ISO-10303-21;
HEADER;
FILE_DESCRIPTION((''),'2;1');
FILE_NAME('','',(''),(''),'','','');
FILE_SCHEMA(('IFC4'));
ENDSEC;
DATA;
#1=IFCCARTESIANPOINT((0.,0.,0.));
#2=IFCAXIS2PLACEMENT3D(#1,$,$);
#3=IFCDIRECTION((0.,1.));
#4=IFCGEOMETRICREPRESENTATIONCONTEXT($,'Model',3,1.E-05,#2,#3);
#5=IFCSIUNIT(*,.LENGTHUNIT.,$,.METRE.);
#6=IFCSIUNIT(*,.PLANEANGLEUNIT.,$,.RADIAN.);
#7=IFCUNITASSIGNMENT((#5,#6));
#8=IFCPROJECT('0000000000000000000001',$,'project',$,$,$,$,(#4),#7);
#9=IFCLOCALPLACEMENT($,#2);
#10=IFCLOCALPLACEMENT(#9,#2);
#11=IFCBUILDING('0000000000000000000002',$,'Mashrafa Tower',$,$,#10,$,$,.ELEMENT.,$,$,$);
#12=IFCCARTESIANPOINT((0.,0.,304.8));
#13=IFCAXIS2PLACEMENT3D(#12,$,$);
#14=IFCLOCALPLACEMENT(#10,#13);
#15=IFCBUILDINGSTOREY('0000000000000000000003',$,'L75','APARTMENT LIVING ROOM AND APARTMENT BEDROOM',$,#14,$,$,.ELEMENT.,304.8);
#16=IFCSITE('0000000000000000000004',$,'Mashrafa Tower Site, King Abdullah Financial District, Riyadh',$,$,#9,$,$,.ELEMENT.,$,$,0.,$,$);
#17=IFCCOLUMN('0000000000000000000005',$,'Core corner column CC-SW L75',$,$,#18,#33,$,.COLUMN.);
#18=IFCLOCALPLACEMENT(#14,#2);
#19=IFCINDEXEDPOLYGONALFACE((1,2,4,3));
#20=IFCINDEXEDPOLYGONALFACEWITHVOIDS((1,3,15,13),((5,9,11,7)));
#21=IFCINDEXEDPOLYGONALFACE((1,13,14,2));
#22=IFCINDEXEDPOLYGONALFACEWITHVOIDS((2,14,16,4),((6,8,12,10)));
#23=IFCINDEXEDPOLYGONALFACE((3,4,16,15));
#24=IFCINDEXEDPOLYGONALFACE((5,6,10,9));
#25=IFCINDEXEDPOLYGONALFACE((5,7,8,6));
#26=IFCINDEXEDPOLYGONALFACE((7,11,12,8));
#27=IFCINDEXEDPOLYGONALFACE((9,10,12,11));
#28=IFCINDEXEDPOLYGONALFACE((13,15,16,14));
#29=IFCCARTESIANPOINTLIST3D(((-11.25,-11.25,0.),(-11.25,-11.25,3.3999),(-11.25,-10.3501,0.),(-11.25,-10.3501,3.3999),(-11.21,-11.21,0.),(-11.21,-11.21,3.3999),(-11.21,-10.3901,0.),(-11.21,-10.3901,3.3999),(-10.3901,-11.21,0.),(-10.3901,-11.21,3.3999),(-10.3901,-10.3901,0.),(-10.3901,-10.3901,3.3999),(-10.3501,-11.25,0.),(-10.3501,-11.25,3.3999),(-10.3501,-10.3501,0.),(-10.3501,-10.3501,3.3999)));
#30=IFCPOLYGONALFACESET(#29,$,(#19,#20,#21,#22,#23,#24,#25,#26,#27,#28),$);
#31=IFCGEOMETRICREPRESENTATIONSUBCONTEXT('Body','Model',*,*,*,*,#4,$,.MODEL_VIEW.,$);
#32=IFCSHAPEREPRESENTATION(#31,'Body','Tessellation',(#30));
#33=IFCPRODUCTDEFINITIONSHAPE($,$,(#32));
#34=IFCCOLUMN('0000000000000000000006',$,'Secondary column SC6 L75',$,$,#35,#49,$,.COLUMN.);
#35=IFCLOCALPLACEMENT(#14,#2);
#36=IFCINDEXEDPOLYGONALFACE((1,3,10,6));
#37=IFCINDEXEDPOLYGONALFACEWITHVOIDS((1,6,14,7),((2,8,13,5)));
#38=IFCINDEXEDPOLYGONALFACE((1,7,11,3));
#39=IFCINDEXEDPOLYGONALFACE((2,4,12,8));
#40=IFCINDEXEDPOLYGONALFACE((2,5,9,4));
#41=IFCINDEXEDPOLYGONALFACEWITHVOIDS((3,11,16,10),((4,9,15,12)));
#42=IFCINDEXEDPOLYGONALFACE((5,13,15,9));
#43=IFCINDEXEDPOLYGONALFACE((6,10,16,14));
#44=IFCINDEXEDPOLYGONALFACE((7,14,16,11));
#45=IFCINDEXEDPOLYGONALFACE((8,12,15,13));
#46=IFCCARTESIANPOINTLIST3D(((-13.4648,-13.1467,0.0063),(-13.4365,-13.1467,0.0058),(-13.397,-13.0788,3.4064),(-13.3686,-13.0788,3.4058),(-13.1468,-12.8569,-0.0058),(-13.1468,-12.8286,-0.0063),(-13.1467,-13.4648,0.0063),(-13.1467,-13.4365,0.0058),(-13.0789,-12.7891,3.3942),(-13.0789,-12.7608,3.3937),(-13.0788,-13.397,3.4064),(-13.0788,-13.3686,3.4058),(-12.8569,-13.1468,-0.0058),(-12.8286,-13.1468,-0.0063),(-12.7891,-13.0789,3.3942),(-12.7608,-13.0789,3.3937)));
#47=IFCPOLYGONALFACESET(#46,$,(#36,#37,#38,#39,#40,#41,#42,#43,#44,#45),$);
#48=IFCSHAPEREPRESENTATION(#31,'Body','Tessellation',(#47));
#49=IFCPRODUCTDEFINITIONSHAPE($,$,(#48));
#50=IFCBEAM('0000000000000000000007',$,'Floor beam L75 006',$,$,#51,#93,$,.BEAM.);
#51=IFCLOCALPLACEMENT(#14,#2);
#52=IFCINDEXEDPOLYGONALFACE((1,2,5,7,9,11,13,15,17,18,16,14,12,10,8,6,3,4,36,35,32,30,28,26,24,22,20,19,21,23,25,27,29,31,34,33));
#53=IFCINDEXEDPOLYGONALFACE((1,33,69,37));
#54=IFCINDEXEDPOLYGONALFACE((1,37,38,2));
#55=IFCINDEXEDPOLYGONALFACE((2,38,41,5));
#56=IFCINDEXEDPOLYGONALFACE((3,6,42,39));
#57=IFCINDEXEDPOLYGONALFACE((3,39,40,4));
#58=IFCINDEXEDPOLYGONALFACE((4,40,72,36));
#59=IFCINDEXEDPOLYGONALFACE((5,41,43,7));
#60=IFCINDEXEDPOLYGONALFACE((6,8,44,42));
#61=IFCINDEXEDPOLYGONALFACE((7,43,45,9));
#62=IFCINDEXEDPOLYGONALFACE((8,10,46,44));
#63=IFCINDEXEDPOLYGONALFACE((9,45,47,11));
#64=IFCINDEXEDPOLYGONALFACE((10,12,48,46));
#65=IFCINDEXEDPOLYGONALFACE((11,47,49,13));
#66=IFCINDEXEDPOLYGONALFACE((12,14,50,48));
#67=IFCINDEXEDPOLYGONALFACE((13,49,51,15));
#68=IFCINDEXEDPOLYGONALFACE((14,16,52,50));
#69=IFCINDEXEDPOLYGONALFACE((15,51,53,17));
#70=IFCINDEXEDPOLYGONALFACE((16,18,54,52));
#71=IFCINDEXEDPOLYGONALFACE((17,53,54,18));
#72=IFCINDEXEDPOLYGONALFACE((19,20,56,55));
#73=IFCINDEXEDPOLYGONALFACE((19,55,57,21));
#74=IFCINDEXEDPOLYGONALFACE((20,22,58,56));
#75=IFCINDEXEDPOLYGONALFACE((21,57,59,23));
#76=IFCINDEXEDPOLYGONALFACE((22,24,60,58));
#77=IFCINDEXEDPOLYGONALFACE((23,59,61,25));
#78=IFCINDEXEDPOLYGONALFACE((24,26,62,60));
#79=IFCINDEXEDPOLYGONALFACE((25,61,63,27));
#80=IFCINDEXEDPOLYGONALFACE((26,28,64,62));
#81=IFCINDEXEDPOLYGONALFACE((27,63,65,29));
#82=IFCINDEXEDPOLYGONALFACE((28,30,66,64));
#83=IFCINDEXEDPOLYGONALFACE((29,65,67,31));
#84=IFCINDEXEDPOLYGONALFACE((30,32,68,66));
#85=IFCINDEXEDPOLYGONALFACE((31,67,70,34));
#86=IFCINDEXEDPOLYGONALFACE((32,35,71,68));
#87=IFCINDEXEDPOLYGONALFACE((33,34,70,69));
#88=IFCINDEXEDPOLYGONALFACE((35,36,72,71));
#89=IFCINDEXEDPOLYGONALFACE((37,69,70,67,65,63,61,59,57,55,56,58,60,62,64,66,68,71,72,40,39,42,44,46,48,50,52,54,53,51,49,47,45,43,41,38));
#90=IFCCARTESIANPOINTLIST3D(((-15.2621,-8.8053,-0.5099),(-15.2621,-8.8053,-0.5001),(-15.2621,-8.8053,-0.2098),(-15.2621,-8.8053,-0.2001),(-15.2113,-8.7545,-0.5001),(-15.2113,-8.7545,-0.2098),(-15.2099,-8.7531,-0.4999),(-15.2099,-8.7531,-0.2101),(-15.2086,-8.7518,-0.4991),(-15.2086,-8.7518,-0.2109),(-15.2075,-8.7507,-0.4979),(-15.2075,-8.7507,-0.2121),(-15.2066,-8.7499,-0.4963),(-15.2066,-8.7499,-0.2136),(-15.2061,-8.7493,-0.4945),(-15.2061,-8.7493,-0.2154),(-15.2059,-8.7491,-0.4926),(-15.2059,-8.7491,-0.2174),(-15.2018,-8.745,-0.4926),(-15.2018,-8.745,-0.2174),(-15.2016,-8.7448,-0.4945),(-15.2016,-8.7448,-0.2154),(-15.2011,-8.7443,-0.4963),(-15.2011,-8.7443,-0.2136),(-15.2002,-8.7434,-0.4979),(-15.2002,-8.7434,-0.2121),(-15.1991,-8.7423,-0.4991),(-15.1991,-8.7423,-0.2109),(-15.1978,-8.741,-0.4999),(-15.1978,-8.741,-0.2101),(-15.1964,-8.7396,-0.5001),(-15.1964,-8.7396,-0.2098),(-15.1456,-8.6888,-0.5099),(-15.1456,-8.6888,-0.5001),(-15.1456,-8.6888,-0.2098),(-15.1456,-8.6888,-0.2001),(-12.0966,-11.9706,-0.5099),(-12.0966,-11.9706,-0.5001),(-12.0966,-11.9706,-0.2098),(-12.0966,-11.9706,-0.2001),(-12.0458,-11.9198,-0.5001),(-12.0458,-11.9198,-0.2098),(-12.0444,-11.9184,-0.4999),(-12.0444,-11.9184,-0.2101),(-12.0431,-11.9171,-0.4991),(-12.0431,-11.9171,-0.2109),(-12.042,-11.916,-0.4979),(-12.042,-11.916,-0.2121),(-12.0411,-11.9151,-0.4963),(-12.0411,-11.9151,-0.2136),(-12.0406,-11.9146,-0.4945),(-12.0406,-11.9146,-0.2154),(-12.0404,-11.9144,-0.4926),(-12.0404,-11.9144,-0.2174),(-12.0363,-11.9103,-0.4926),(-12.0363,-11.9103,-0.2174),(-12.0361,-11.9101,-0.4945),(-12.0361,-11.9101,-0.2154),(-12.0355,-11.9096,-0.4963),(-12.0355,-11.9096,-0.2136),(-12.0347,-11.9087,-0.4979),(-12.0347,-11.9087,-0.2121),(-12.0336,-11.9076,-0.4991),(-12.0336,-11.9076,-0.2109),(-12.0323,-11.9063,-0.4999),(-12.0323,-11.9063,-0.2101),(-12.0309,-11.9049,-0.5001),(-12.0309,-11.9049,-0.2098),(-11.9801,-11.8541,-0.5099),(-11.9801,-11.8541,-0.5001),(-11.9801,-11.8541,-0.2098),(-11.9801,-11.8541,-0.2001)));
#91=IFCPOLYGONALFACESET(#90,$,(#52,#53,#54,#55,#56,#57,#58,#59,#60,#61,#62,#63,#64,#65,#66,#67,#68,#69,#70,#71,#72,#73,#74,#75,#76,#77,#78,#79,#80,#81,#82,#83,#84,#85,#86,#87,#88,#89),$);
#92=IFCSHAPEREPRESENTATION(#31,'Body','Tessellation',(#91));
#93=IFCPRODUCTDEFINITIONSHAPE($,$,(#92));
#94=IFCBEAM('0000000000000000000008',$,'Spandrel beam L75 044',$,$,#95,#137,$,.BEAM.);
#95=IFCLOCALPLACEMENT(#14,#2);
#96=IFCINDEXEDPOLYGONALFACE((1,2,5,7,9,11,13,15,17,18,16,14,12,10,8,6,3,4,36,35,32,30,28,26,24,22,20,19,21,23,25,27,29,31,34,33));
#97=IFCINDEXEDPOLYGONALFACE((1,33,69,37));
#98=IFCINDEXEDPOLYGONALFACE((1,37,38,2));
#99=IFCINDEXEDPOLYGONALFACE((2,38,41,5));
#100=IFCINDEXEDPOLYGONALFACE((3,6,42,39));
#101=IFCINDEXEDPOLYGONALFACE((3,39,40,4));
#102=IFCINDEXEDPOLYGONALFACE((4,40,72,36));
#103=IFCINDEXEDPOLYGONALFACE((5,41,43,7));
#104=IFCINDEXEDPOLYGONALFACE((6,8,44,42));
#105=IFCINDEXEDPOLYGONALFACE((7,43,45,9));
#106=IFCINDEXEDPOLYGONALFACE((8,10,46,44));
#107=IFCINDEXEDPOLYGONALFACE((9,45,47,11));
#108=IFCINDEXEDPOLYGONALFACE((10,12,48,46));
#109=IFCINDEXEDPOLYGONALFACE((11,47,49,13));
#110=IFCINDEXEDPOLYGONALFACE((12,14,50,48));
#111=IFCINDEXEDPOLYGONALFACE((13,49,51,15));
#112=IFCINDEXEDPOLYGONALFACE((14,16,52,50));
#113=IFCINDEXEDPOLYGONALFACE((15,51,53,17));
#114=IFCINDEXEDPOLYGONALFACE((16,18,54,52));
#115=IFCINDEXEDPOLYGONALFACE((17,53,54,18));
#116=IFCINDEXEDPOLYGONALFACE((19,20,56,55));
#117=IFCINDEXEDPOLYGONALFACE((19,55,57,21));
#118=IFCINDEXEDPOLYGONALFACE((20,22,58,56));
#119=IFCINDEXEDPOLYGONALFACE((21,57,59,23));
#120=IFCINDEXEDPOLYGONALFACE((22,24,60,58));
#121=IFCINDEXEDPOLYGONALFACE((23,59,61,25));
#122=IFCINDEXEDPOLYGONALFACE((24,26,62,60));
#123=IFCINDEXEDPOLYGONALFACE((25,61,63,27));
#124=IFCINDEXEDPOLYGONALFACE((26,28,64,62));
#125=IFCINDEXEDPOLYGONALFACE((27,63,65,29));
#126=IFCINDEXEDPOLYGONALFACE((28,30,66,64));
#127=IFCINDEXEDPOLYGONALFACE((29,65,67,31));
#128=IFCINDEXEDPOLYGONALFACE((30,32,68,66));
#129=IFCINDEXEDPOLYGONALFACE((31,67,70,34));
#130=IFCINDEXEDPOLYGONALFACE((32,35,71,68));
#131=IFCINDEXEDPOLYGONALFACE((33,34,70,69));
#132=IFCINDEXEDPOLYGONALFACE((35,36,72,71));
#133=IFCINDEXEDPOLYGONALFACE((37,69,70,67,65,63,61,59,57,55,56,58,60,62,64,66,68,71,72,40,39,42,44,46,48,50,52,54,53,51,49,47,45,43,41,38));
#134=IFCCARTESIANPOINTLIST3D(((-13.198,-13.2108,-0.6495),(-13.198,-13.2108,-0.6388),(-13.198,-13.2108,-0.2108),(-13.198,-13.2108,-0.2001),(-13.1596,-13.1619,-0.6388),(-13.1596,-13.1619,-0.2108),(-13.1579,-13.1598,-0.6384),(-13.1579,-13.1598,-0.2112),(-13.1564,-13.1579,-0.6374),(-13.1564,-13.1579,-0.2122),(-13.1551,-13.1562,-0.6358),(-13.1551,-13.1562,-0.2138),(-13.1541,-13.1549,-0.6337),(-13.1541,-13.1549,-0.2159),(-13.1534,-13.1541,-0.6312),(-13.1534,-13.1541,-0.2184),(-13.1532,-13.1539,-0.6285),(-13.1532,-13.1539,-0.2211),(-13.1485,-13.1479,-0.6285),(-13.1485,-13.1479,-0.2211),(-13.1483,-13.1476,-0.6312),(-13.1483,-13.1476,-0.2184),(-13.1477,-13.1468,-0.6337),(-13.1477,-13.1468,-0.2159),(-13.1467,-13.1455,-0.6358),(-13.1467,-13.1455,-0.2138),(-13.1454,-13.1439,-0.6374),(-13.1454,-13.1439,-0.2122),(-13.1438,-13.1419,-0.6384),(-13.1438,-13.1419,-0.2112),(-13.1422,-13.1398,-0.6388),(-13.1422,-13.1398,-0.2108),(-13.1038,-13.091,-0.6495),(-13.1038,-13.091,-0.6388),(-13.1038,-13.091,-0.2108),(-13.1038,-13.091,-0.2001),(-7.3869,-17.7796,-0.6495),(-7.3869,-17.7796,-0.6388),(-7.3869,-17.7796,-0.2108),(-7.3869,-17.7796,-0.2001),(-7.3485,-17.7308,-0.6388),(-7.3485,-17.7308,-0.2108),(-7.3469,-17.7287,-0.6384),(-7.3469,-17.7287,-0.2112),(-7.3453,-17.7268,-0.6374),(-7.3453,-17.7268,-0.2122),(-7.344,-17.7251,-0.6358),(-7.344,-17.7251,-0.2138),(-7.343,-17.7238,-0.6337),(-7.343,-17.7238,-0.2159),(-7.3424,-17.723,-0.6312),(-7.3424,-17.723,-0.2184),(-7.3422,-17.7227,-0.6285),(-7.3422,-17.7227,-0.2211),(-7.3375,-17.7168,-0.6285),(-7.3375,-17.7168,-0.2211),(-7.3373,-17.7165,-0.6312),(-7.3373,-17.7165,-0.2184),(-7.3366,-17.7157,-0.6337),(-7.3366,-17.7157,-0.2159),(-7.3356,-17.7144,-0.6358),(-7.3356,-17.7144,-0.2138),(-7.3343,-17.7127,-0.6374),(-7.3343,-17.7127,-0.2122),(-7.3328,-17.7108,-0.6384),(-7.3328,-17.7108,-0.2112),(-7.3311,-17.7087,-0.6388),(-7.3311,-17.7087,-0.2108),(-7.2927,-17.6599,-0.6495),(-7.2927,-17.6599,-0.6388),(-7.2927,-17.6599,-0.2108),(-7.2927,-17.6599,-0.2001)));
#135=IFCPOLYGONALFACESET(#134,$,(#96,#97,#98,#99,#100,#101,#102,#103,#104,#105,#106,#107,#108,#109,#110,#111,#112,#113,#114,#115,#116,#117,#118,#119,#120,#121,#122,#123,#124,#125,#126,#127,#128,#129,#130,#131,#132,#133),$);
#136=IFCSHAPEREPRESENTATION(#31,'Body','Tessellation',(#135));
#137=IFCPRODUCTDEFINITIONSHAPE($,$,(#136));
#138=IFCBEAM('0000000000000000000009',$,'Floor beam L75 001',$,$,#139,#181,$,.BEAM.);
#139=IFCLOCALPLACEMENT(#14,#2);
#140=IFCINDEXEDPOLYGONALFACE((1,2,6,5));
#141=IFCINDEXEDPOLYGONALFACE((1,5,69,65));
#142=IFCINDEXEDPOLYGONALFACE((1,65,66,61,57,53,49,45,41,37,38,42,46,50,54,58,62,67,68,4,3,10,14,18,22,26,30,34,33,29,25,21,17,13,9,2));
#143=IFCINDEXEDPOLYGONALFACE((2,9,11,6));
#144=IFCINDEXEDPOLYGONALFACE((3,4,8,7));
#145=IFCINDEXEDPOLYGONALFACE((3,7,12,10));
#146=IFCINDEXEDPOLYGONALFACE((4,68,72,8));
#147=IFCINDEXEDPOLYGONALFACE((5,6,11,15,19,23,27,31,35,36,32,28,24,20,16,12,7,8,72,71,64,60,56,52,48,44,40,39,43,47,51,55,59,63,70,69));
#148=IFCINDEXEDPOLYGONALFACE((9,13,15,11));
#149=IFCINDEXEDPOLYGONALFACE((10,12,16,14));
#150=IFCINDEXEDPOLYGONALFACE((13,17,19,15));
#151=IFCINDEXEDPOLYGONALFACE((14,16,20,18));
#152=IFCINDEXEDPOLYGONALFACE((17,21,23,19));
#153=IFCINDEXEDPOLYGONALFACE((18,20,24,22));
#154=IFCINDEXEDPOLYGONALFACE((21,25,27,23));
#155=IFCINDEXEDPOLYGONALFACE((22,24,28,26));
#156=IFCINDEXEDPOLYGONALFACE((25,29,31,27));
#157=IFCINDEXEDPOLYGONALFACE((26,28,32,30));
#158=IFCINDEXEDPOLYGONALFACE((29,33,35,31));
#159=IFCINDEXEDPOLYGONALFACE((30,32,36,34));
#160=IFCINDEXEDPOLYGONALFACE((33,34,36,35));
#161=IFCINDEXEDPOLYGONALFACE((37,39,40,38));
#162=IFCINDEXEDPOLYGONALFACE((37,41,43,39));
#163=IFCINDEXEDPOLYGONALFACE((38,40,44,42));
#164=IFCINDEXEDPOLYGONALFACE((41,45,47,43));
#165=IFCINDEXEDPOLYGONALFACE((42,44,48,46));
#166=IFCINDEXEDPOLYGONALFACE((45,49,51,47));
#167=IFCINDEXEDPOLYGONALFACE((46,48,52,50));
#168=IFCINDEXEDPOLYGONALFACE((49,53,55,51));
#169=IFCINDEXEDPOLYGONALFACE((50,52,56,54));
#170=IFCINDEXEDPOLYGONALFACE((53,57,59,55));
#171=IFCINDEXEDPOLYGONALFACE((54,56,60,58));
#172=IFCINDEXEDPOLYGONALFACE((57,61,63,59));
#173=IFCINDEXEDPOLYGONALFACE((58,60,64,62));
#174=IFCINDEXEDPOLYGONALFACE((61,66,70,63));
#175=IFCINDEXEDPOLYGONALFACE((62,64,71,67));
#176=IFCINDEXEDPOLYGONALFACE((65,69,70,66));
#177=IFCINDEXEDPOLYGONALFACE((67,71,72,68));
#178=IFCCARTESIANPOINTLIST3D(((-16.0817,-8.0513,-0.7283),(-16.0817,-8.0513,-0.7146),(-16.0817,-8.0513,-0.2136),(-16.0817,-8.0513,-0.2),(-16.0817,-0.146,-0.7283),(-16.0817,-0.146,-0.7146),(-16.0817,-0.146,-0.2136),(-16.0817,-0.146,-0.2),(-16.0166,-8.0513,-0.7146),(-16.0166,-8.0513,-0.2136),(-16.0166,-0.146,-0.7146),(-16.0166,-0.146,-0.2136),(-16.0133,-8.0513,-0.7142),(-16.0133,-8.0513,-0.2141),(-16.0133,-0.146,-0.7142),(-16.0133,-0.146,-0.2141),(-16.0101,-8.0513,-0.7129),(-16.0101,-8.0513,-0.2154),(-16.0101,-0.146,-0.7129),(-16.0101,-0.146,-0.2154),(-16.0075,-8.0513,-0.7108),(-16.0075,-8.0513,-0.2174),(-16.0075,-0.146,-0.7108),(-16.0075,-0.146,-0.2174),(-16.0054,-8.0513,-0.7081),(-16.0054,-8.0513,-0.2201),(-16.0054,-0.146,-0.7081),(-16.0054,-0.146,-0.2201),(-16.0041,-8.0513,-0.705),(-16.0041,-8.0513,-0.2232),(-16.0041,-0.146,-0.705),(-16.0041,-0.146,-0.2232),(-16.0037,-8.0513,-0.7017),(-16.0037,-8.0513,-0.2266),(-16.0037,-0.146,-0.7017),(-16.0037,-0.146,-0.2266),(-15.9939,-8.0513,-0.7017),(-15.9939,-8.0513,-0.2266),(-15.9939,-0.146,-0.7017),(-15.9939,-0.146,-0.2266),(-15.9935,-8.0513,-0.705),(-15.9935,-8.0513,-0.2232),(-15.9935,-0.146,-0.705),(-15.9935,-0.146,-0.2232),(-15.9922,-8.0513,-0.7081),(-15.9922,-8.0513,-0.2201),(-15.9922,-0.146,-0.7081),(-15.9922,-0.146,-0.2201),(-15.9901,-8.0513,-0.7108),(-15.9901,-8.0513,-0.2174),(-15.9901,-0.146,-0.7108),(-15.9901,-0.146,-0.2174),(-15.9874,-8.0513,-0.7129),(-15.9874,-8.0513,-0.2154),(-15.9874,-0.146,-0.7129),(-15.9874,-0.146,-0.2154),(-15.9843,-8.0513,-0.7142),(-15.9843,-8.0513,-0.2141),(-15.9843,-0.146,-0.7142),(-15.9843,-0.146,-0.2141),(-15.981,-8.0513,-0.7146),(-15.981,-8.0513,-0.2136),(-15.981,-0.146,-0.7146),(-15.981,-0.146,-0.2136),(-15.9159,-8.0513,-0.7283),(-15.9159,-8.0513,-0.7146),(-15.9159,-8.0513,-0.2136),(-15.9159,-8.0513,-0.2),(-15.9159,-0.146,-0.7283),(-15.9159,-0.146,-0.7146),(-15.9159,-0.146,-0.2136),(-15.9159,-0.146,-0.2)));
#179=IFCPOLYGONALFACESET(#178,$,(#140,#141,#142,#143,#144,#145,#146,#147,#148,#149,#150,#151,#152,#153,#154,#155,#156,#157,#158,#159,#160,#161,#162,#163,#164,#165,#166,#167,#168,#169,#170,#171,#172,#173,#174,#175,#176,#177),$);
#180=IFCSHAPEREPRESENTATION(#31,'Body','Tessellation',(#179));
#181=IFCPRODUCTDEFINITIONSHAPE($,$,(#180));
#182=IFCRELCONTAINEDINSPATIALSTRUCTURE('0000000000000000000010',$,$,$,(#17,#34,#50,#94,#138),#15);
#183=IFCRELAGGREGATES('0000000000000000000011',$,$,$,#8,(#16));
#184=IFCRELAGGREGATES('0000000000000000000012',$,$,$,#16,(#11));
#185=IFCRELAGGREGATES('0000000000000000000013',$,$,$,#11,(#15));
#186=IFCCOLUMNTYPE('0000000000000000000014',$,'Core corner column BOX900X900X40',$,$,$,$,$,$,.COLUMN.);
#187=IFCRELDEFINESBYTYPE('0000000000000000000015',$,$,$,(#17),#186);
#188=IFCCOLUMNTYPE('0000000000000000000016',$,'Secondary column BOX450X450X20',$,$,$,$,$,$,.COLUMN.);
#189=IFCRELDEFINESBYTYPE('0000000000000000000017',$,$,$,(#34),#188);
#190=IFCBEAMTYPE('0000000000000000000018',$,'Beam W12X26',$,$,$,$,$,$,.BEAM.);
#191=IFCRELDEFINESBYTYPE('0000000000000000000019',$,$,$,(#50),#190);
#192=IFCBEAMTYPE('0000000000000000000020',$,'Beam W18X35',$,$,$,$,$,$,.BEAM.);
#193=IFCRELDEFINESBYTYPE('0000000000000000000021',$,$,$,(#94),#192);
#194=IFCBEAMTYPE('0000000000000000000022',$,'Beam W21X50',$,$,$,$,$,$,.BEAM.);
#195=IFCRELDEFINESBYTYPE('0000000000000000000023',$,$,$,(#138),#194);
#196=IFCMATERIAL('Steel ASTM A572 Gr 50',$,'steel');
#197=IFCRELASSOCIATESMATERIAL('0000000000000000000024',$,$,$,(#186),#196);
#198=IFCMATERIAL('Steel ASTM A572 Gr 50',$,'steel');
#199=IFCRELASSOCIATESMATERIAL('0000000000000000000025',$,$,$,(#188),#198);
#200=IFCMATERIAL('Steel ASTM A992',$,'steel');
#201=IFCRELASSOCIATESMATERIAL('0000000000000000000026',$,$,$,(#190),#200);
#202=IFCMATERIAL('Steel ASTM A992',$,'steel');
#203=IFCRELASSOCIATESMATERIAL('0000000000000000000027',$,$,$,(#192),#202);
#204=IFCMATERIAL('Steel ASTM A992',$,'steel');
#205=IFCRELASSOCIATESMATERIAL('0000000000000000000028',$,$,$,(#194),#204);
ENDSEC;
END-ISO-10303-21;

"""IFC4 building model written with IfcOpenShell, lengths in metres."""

from ifc_helpers import new_model, si_unit, direction, frame, origin, origin_2d, place, context, subcontext, project, spatial, hollow_rectangle, i_section, extrude, material, material_profile, profile_set, type_object, element, save


model = new_model("IFC4")

# Units and contexts
model_context = context("Model", 3, precision=1e-05, world=origin(), true_north=direction((0.0, 1.0)))
body_context = subcontext(model_context, "Body", "Model", "MODEL_VIEW")
ifc_project = project(units=[si_unit("LENGTHUNIT", "METRE"), si_unit("PLANEANGLEUNIT", "RADIAN")], contexts=[model_context])

# Site, building, storey
site_placement = place(None, origin())
site = spatial("IfcSite", under=ifc_project, at=site_placement, Name="Mashrafa Tower Site, King Abdullah Financial District, Riyadh", CompositionType="ELEMENT", RefElevation=0.0)
building_placement = place(site_placement, origin())
building = spatial("IfcBuilding", under=site, at=building_placement, Name="Mashrafa Tower", CompositionType="ELEMENT")
storey_placement = place(building_placement, frame((0.0, 0.0, 304.8)))
storey = spatial("IfcBuildingStorey", under=building, at=storey_placement, Name="L75", Description="APARTMENT LIVING ROOM AND APARTMENT BEDROOM", CompositionType="ELEMENT", Elevation=304.8)

# Columns
ifc_material_1 = material(Name="Steel ASTM A572 Gr 50", Category="steel")
ifc_material_profile_1 = material_profile(ifc_material_1, hollow_rectangle(XDim=0.8999, YDim=0.8999, WallThickness=0.04, at=origin_2d()), Name="BOX900X900X40")
ifc_profile_set_1 = profile_set([ifc_material_profile_1], Name="Steel ASTM A572 Gr 50")
column_type_1 = type_object("IfcColumnType", Name="Core corner column BOX900X900X40", PredefinedType="COLUMN", material=ifc_profile_set_1)
column_1_placement = place(storey_placement, frame((-10.8, -10.8, 0.0), z_axis=(0.0, 0.0, 1.0), x_axis=(1.0, 0.0, 0.0)))
element("IfcColumn", 1, at=column_1_placement, inside=storey, type_object=column_type_1, Name="Core corner column CC-SW L75", PredefinedType="COLUMN", context=body_context, shape_type="SweptSolid", body=[
    extrude(hollow_rectangle(XDim=0.8999, YDim=0.8999, WallThickness=0.04, at=origin_2d()), origin(), (0.0, 0.0, 1.0), 3.3999),
])
ifc_material_2 = material(Name="Steel ASTM A572 Gr 50", Category="steel")
ifc_material_profile_2 = material_profile(ifc_material_2, hollow_rectangle(XDim=0.45, YDim=0.45, WallThickness=0.02, at=origin_2d()), Name="BOX450X450X20")
ifc_profile_set_2 = profile_set([ifc_material_profile_2], Name="Steel ASTM A572 Gr 50")
column_type_2 = type_object("IfcColumnType", Name="Secondary column BOX450X450X20", PredefinedType="COLUMN", material=ifc_profile_set_2)
column_2_placement = place(storey_placement, frame((-13.1467, -13.1467, 0.0), z_axis=(0.019955, 0.019955, 0.999602), x_axis=(-0.707107, 0.707107, 0.0)))
element("IfcColumn", 2, at=column_2_placement, inside=storey, type_object=column_type_2, Name="Secondary column SC6 L75", PredefinedType="COLUMN", context=body_context, shape_type="SweptSolid", body=[
    extrude(hollow_rectangle(XDim=0.45, YDim=0.45, WallThickness=0.02, at=origin_2d()), origin(), (0.0, 0.0, 1.0), 3.4014),
])

# Beams
ifc_material_3 = material(Name="Steel ASTM A992", Category="steel")
ifc_material_profile_3 = material_profile(ifc_material_3, i_section(OverallWidth=0.1648, OverallDepth=0.3098, WebThickness=0.0059, FlangeThickness=0.0098, FilletRadius=0.0076, at=origin_2d()), Name="W12X26")
ifc_profile_set_3 = profile_set([ifc_material_profile_3], Name="Steel ASTM A992")
beam_type_1 = type_object("IfcBeamType", Name="Beam W12X26", PredefinedType="BEAM", material=ifc_profile_set_3)
beam_1_placement = place(storey_placement, frame((-12.0383, -11.9124, -0.355), z_axis=(-0.707134, 0.70708, 0.0), x_axis=(-0.70708, -0.707134, 0.0)))
element("IfcBeam", 3, at=beam_1_placement, inside=storey, type_object=beam_type_1, Name="Floor beam L75 006", PredefinedType="BEAM", context=body_context, shape_type="SweptSolid", body=[
    extrude(i_section(OverallWidth=0.1648, OverallDepth=0.3098, WebThickness=0.0059, FlangeThickness=0.0098, FilletRadius=0.0076, at=origin_2d()), origin(), (0.0, 0.0, 1.0), 4.4766),
])
ifc_material_4 = material(Name="Steel ASTM A992", Category="steel")
ifc_material_profile_4 = material_profile(ifc_material_4, i_section(OverallWidth=0.1523, OverallDepth=0.4495, WebThickness=0.0076, FlangeThickness=0.0107, FilletRadius=0.0103, at=origin_2d()), Name="W18X35")
ifc_profile_set_4 = profile_set([ifc_material_profile_4], Name="Steel ASTM A992")
beam_type_2 = type_object("IfcBeamType", Name="Beam W18X35", PredefinedType="BEAM", material=ifc_profile_set_4)
beam_2_placement = place(storey_placement, frame((-13.1509, -13.1509, -0.4248), z_axis=(0.786119, -0.618075, 0.0), x_axis=(0.618075, 0.786119, 0.0)))
element("IfcBeam", 4, at=beam_2_placement, inside=storey, type_object=beam_type_2, Name="Spandrel beam L75 044", PredefinedType="BEAM", context=body_context, shape_type="SweptSolid", body=[
    extrude(i_section(OverallWidth=0.1523, OverallDepth=0.4495, WebThickness=0.0076, FlangeThickness=0.0107, FilletRadius=0.0103, at=origin_2d()), origin(), (0.0, 0.0, 1.0), 7.3921),
])
ifc_material_5 = material(Name="Steel ASTM A992", Category="steel")
ifc_material_profile_5 = material_profile(ifc_material_5, i_section(OverallWidth=0.1658, OverallDepth=0.5283, WebThickness=0.0098, FlangeThickness=0.0137, FilletRadius=0.0129, at=origin_2d()), Name="W21X50")
ifc_profile_set_5 = profile_set([ifc_material_profile_5], Name="Steel ASTM A992")
beam_type_3 = type_object("IfcBeamType", Name="Beam W21X50", PredefinedType="BEAM", material=ifc_profile_set_5)
beam_3_placement = place(storey_placement, frame((-15.9988, -8.0513, -0.4641), z_axis=(0.0, 1.0, 0.0), x_axis=(-1.0, 0.0, 0.0)))
element("IfcBeam", 5, at=beam_3_placement, inside=storey, type_object=beam_type_3, Name="Floor beam L75 001", PredefinedType="BEAM", context=body_context, shape_type="SweptSolid", body=[
    extrude(i_section(OverallWidth=0.1658, OverallDepth=0.5283, WebThickness=0.0098, FlangeThickness=0.0137, FilletRadius=0.0129, at=origin_2d()), origin(), (0.0, 0.0, 1.0), 7.9053),
])

save(model, "model.ifc")
